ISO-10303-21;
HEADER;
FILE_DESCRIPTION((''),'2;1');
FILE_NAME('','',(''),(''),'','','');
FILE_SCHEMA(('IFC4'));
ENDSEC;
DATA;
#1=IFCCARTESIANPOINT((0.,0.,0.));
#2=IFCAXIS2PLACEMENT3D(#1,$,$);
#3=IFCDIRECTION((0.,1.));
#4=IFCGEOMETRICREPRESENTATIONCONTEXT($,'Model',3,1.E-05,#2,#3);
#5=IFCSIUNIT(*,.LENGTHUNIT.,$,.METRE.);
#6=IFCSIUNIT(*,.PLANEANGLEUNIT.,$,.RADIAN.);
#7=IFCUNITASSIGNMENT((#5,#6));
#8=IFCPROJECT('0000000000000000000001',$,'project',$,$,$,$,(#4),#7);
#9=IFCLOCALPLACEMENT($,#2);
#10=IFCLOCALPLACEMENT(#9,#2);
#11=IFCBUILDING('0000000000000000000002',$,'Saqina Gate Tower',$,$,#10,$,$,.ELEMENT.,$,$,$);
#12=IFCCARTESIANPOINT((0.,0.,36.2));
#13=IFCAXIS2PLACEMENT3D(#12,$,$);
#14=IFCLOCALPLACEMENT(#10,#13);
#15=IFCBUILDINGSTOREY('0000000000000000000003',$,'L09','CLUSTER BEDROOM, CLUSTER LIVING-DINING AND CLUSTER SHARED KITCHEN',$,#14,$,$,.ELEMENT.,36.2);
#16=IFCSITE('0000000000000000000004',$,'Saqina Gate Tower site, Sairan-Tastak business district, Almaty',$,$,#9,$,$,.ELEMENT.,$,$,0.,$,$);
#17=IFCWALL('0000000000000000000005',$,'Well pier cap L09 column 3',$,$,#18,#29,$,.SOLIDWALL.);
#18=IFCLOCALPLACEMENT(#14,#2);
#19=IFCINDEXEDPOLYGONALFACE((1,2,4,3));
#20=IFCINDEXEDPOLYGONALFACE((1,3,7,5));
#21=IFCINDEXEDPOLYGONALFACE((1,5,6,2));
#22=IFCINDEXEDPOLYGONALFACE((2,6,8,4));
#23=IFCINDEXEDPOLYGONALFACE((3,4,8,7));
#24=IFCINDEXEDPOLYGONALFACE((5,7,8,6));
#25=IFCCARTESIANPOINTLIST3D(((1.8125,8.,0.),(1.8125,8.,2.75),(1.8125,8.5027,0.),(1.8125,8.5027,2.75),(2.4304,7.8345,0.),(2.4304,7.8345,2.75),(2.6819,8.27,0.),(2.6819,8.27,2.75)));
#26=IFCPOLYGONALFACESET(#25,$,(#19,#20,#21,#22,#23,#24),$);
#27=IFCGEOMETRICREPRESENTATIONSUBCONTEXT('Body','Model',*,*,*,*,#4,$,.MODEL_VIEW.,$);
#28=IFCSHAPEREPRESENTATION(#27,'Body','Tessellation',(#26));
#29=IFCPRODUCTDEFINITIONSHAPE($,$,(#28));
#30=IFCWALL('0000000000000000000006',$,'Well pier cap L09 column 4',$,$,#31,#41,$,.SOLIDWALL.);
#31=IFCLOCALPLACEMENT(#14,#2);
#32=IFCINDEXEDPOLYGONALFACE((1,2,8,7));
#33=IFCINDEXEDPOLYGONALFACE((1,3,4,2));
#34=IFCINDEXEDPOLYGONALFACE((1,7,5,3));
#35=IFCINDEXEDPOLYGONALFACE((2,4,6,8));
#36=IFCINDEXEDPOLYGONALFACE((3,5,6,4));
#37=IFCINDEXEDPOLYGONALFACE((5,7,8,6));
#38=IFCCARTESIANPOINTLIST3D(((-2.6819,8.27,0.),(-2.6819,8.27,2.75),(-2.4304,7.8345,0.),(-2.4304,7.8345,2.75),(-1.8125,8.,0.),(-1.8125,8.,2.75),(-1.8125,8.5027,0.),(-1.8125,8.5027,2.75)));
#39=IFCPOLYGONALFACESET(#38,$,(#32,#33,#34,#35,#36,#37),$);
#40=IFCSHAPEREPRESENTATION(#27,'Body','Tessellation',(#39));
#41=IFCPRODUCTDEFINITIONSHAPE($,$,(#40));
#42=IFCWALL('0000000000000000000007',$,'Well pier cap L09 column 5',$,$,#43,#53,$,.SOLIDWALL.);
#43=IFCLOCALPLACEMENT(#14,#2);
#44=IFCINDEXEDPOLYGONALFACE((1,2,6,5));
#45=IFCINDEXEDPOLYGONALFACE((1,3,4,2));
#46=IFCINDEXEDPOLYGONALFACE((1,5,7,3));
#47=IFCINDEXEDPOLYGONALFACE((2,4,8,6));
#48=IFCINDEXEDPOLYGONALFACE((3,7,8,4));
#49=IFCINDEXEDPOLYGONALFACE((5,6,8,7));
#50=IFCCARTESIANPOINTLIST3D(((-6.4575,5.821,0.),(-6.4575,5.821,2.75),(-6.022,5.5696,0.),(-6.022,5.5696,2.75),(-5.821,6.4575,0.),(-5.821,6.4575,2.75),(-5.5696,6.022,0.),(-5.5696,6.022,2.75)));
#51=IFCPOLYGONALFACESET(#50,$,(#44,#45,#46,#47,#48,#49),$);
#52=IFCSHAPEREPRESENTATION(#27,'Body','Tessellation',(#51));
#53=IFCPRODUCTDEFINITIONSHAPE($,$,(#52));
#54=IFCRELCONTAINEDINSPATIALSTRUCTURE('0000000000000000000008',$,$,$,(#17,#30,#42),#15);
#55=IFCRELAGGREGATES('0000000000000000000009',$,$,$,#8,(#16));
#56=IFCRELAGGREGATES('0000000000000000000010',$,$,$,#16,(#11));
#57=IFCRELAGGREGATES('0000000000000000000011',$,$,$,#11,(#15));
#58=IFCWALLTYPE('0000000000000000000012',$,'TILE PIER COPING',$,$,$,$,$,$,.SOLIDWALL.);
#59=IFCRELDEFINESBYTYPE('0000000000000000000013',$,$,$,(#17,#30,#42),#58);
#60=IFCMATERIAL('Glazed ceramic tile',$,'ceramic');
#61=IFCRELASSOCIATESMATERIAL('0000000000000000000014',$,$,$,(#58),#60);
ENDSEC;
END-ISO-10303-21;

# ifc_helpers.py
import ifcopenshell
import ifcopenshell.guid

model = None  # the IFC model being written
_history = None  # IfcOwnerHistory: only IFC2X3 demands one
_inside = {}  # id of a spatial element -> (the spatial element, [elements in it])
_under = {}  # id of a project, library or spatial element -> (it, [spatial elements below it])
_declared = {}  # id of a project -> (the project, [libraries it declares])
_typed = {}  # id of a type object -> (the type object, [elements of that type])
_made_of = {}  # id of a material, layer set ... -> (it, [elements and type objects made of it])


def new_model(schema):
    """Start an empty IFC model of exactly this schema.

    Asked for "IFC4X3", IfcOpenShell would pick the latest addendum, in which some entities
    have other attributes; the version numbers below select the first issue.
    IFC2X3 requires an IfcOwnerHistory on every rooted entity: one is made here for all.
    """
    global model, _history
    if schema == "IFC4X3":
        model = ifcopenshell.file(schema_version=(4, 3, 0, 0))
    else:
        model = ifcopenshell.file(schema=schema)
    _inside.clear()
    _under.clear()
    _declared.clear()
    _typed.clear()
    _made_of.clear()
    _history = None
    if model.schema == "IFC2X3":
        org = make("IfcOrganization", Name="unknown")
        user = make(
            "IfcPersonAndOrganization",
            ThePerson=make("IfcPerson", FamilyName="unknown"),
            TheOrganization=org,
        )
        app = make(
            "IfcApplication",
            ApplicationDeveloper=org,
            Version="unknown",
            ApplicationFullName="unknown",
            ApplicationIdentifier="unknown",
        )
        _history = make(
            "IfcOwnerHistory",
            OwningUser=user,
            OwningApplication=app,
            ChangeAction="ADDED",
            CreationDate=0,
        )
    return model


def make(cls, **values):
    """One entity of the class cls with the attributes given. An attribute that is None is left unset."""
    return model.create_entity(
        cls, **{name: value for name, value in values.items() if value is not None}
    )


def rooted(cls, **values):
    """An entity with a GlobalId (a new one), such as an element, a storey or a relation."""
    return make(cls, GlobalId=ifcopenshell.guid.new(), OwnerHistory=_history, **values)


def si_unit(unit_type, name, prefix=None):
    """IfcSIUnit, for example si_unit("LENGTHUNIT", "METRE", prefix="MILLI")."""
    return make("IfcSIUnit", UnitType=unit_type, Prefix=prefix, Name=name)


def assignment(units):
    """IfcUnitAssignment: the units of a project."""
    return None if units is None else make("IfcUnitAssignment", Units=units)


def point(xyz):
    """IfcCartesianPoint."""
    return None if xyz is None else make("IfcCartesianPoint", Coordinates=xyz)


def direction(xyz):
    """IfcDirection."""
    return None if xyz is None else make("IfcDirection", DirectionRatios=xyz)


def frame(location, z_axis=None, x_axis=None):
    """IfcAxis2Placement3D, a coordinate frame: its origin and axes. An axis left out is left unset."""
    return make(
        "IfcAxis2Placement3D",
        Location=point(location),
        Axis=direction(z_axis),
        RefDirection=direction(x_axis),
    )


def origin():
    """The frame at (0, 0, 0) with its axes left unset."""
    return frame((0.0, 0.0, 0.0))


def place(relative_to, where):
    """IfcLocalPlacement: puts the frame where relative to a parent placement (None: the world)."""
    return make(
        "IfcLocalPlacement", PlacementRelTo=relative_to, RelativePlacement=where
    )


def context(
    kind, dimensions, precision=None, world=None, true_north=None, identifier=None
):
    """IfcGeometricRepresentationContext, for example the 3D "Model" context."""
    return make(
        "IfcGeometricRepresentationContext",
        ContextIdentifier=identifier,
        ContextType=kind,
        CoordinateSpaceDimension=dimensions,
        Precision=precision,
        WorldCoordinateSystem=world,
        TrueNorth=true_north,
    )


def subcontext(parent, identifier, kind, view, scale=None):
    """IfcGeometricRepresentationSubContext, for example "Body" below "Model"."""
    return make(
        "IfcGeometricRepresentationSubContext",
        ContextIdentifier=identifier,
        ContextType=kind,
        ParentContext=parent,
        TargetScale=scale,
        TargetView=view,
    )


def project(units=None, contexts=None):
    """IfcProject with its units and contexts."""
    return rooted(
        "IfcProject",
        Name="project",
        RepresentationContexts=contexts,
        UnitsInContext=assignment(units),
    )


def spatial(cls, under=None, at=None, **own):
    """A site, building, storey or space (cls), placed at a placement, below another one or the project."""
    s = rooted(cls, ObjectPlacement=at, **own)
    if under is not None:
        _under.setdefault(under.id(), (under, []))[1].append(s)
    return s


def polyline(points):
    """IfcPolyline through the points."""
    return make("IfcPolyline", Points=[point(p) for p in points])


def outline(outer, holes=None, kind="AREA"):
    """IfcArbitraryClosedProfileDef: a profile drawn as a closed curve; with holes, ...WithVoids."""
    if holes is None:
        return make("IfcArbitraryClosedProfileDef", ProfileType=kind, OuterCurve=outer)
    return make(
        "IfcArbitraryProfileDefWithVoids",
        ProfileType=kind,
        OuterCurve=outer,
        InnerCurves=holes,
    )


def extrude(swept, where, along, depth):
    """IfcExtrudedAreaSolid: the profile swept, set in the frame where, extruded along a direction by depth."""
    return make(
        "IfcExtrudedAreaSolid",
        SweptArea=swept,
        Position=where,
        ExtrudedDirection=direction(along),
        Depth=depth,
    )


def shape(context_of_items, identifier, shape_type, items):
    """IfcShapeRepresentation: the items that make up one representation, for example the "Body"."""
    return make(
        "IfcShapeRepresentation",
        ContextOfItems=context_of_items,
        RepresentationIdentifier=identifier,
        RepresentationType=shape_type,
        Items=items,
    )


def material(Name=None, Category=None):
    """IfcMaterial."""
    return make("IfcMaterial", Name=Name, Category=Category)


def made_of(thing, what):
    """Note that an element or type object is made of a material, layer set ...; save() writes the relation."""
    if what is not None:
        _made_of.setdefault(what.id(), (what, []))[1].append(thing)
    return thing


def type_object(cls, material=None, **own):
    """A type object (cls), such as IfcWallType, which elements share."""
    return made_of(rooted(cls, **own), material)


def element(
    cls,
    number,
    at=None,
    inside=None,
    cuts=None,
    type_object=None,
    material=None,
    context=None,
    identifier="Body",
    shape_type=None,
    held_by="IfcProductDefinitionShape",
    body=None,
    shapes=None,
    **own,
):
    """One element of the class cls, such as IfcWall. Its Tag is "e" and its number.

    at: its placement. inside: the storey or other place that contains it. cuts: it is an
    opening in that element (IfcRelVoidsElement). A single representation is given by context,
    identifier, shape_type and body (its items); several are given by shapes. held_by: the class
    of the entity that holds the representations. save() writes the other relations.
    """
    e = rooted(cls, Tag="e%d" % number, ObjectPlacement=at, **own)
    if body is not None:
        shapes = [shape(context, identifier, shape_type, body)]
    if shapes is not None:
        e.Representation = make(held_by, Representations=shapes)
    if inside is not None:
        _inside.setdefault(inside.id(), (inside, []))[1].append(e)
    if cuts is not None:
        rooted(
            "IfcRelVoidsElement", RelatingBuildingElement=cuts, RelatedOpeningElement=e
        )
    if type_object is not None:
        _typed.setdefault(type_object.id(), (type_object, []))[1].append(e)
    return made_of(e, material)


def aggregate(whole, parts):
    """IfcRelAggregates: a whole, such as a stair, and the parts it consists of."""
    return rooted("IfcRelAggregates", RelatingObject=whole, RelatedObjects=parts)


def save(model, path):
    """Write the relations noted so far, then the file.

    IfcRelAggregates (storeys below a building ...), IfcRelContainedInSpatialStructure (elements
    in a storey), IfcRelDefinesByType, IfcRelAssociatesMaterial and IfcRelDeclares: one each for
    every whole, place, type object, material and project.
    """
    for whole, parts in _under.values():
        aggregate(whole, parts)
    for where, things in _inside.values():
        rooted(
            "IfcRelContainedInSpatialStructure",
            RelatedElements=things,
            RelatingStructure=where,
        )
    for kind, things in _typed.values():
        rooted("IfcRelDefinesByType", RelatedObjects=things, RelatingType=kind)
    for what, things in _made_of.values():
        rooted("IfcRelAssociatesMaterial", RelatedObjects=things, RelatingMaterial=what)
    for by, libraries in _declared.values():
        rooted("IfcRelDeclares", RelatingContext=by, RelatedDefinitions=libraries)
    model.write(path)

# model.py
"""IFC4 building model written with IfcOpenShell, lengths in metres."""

from ifc_helpers import new_model, si_unit, direction, frame, origin, place, context, subcontext, project, spatial, polyline, outline, extrude, material, type_object, element, save


model = new_model("IFC4")

# Units and contexts
model_context = context("Model", 3, precision=1e-05, world=origin(), true_north=direction((0.0, 1.0)))
body_context = subcontext(model_context, "Body", "Model", "MODEL_VIEW")
ifc_project = project(units=[si_unit("LENGTHUNIT", "METRE"), si_unit("PLANEANGLEUNIT", "RADIAN")], contexts=[model_context])

# Site, building, storey
site_placement = place(None, origin())
site = spatial("IfcSite", under=ifc_project, at=site_placement, Name="Saqina Gate Tower site, Sairan-Tastak business district, Almaty", CompositionType="ELEMENT", RefElevation=0.0)
building_placement = place(site_placement, origin())
building = spatial("IfcBuilding", under=site, at=building_placement, Name="Saqina Gate Tower", CompositionType="ELEMENT")
storey_placement = place(building_placement, frame((0.0, 0.0, 36.2)))
storey = spatial("IfcBuildingStorey", under=building, at=storey_placement, Name="L09", Description="CLUSTER BEDROOM, CLUSTER LIVING-DINING AND CLUSTER SHARED KITCHEN", CompositionType="ELEMENT", Elevation=36.2)

# Walls
ifc_material_1 = material(Name="Glazed ceramic tile", Category="ceramic")
wall_type_1 = type_object("IfcWallType", Name="TILE PIER COPING", PredefinedType="SOLIDWALL", material=ifc_material_1)
wall_1_placement = place(storey_placement, origin())
element("IfcWall", 1, at=wall_1_placement, inside=storey, type_object=wall_type_1, Name="Well pier cap L09 column 3", PredefinedType="SOLIDWALL", context=body_context, shape_type="SweptSolid", body=[
    extrude(outline(polyline([(1.8125, 8.5027), (1.8125, 8.0), (2.4304, 7.8345), (2.6819, 8.27), (1.8125, 8.5027)])), origin(), (0.0, 0.0, 1.0), 2.75),
])
wall_2_placement = place(storey_placement, origin())
element("IfcWall", 2, at=wall_2_placement, inside=storey, type_object=wall_type_1, Name="Well pier cap L09 column 4", PredefinedType="SOLIDWALL", context=body_context, shape_type="SweptSolid", body=[
    extrude(outline(polyline([(-2.6819, 8.27), (-2.4304, 7.8345), (-1.8125, 8.0), (-1.8125, 8.5027), (-2.6819, 8.27)])), origin(), (0.0, 0.0, 1.0), 2.75),
])
wall_3_placement = place(storey_placement, origin())
element("IfcWall", 3, at=wall_3_placement, inside=storey, type_object=wall_type_1, Name="Well pier cap L09 column 5", PredefinedType="SOLIDWALL", context=body_context, shape_type="SweptSolid", body=[
    extrude(outline(polyline([(-6.4575, 5.821), (-6.022, 5.5696), (-5.5696, 6.022), (-5.821, 6.4575), (-6.4575, 5.821)])), origin(), (0.0, 0.0, 1.0), 2.75),
])

save(model, "model.ifc")
